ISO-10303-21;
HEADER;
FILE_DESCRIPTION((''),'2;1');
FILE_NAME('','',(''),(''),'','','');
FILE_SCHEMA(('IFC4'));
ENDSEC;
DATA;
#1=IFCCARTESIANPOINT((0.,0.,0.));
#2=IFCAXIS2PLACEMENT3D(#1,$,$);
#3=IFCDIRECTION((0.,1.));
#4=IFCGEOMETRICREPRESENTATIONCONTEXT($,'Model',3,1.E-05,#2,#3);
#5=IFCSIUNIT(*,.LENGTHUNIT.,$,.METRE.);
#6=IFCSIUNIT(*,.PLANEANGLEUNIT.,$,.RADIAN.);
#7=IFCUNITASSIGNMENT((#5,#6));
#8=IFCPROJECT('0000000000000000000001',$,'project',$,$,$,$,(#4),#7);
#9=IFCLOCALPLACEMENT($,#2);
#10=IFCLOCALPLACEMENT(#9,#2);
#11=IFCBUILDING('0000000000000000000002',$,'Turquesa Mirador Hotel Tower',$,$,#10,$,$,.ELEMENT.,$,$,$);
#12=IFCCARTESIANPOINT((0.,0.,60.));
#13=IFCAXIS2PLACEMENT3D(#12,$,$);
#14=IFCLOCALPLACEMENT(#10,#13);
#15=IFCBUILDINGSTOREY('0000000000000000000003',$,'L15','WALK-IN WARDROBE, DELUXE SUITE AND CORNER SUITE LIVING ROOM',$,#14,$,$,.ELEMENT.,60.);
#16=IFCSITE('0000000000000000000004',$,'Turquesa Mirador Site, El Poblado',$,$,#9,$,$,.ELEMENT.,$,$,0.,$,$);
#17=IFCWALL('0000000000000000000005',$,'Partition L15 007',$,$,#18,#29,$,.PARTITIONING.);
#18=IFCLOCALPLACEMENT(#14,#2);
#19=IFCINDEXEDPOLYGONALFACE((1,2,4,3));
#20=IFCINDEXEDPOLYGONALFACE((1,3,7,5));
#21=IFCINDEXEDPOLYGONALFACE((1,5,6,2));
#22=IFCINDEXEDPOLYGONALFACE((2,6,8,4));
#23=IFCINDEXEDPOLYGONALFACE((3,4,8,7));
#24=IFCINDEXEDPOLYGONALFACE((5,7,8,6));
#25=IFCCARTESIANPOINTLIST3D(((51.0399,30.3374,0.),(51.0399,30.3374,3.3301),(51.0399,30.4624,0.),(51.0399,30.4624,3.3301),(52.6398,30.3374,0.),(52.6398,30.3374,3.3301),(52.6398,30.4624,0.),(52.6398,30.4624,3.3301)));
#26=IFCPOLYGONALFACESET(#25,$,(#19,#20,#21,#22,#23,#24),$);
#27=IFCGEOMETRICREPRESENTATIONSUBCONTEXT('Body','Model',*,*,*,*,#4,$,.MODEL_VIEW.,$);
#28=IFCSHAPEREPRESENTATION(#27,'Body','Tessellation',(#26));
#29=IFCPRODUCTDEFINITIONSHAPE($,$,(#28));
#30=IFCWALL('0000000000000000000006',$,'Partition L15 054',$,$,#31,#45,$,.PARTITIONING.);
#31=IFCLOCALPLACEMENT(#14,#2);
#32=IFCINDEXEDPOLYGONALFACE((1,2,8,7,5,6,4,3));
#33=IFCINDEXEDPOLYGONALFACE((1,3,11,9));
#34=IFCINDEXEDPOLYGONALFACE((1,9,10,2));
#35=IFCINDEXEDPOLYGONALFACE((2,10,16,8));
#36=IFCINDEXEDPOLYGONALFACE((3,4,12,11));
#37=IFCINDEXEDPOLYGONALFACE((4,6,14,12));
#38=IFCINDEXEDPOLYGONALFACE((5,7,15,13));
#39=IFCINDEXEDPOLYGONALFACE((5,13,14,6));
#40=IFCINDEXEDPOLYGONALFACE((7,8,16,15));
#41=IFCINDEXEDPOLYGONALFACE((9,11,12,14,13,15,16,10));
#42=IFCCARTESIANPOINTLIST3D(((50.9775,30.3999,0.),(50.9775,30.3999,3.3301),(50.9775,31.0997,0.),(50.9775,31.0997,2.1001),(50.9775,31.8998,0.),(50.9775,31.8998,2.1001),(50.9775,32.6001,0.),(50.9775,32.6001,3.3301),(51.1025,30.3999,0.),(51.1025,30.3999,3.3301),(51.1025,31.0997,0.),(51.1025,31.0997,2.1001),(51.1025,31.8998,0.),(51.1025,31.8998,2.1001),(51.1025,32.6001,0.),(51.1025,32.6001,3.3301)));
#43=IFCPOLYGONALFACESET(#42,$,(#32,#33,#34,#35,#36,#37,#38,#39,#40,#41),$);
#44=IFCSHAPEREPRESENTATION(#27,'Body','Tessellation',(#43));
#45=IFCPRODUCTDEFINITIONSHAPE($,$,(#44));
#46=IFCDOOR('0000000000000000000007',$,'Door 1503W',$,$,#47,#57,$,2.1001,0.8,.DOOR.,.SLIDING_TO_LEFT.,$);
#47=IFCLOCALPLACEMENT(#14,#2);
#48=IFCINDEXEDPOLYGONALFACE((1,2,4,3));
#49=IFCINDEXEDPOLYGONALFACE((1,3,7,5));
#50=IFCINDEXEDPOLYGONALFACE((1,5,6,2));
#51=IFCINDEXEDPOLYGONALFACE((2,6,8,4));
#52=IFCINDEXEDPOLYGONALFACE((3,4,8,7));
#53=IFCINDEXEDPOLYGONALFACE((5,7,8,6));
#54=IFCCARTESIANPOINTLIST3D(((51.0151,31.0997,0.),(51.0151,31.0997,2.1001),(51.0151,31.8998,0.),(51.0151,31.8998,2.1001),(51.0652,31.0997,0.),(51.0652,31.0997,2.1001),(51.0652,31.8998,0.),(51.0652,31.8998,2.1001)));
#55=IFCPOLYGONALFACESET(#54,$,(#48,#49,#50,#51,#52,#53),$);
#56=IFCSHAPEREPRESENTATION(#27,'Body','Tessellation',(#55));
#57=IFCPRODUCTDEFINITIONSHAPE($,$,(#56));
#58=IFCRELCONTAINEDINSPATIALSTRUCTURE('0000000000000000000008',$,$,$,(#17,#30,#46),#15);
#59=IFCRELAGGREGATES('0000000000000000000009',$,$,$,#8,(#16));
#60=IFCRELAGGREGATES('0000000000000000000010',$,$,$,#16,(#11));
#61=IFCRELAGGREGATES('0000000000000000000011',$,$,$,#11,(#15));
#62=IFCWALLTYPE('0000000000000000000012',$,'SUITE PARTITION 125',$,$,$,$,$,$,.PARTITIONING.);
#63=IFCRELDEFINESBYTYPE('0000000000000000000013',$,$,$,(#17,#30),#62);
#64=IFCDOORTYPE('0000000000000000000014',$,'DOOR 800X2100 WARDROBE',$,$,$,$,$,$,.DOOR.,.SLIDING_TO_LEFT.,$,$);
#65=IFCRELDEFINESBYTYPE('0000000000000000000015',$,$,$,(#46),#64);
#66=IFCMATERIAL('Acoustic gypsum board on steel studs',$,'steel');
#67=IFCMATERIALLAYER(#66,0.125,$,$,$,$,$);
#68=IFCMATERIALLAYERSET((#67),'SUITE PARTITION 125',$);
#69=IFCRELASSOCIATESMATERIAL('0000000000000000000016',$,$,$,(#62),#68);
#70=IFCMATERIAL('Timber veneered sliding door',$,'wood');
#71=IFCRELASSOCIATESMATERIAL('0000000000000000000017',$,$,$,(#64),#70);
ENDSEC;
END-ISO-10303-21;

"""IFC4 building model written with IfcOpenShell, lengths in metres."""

from ifc_helpers import new_model, si_unit, direction, frame, frame_2d, origin, place, context, subcontext, project, spatial, rectangle, extrude, material, layer, layer_set, type_object, element, fill, save


model = new_model("IFC4")

# Units and contexts
model_context = context("Model", 3, precision=1e-05, world=origin(), true_north=direction((0.0, 1.0)))
body_context = subcontext(model_context, "Body", "Model", "MODEL_VIEW")
ifc_project = project(units=[si_unit("LENGTHUNIT", "METRE"), si_unit("PLANEANGLEUNIT", "RADIAN")], contexts=[model_context])

# Site, building, storey
site_placement = place(None, origin())
site = spatial("IfcSite", under=ifc_project, at=site_placement, Name="Turquesa Mirador Site, El Poblado", CompositionType="ELEMENT", RefElevation=0.0)
building_placement = place(site_placement, origin())
building = spatial("IfcBuilding", under=site, at=building_placement, Name="Turquesa Mirador Hotel Tower", CompositionType="ELEMENT")
storey_placement = place(building_placement, frame((0.0, 0.0, 60.0)))
storey = spatial("IfcBuildingStorey", under=building, at=storey_placement, Name="L15", Description="WALK-IN WARDROBE, DELUXE SUITE AND CORNER SUITE LIVING ROOM", CompositionType="ELEMENT", Elevation=60.0)

# Wall
ifc_material_1 = material(Name="Acoustic gypsum board on steel studs", Category="steel")
ifc_layer_1 = layer(ifc_material_1, 0.125)
ifc_layer_set_1 = layer_set([ifc_layer_1], Name="SUITE PARTITION 125")
wall_type_1 = type_object("IfcWallType", Name="SUITE PARTITION 125", PredefinedType="PARTITIONING", material=ifc_layer_set_1)
wall_1_placement = place(storey_placement, frame((51.04, 30.3999, 0.0), z_axis=(0.0, 0.0, 1.0), x_axis=(1.0, 0.0, 0.0)))
element("IfcWall", 1, at=wall_1_placement, inside=storey, type_object=wall_type_1, Name="Partition L15 007", PredefinedType="PARTITIONING", context=body_context, shape_type="SweptSolid", body=[
    extrude(rectangle(XDim=1.5999, YDim=0.125, at=frame_2d((0.7998, 0.0))), origin(), (0.0, 0.0, 1.0), 3.3301),
])

# Wall, opening, door
wall_2_placement = place(storey_placement, frame((51.04, 30.3999, 0.0), z_axis=(0.0, 0.0, 1.0), x_axis=(0.0, 1.0, 0.0)))
wall_2 = element("IfcWall", 2, at=wall_2_placement, inside=storey, type_object=wall_type_1, Name="Partition L15 054", PredefinedType="PARTITIONING", context=body_context, shape_type="SweptSolid", body=[
    extrude(rectangle(XDim=2.2002, YDim=0.125, at=frame_2d((1.1001, 0.0))), origin(), (0.0, 0.0, 1.0), 3.3301),
])
opening_1_placement = place(wall_2_placement, frame((0.7, 0.0, 0.0)))
opening_1 = element("IfcOpeningElement", 3, at=opening_1_placement, cuts=wall_2, PredefinedType="OPENING", context=body_context, shape_type="SweptSolid", body=[
    extrude(rectangle(XDim=0.8, YDim=2.1001, at=frame_2d((0.3999, 1.05))), frame((0.0, 0.0725, 0.0), z_axis=(0.0, -1.0, 0.0), x_axis=(1.0, 0.0, 0.0)), (0.0, 0.0, 1.0), 0.145),
])
ifc_material_2 = material(Name="Timber veneered sliding door", Category="wood")
door_type_1 = type_object("IfcDoorType", Name="DOOR 800X2100 WARDROBE", OperationType="SLIDING_TO_LEFT", PredefinedType="DOOR", material=ifc_material_2)
door_1_placement = place(opening_1_placement, origin())
door_1 = element("IfcDoor", 4, at=door_1_placement, inside=storey, type_object=door_type_1, Name="Door 1503W", OperationType="SLIDING_TO_LEFT", OverallHeight=2.1001, OverallWidth=0.8, PredefinedType="DOOR", context=body_context, shape_type="SweptSolid", body=[
    extrude(rectangle(XDim=0.8, YDim=2.1001, at=frame_2d((0.3999, 1.05))), frame((0.0, 0.0249, 0.0), z_axis=(0.0, -1.0, 0.0), x_axis=(1.0, 0.0, 0.0)), (0.0, 0.0, 1.0), 0.05),
])
fill(opening_1, door_1)

save(model, "model.ifc")
